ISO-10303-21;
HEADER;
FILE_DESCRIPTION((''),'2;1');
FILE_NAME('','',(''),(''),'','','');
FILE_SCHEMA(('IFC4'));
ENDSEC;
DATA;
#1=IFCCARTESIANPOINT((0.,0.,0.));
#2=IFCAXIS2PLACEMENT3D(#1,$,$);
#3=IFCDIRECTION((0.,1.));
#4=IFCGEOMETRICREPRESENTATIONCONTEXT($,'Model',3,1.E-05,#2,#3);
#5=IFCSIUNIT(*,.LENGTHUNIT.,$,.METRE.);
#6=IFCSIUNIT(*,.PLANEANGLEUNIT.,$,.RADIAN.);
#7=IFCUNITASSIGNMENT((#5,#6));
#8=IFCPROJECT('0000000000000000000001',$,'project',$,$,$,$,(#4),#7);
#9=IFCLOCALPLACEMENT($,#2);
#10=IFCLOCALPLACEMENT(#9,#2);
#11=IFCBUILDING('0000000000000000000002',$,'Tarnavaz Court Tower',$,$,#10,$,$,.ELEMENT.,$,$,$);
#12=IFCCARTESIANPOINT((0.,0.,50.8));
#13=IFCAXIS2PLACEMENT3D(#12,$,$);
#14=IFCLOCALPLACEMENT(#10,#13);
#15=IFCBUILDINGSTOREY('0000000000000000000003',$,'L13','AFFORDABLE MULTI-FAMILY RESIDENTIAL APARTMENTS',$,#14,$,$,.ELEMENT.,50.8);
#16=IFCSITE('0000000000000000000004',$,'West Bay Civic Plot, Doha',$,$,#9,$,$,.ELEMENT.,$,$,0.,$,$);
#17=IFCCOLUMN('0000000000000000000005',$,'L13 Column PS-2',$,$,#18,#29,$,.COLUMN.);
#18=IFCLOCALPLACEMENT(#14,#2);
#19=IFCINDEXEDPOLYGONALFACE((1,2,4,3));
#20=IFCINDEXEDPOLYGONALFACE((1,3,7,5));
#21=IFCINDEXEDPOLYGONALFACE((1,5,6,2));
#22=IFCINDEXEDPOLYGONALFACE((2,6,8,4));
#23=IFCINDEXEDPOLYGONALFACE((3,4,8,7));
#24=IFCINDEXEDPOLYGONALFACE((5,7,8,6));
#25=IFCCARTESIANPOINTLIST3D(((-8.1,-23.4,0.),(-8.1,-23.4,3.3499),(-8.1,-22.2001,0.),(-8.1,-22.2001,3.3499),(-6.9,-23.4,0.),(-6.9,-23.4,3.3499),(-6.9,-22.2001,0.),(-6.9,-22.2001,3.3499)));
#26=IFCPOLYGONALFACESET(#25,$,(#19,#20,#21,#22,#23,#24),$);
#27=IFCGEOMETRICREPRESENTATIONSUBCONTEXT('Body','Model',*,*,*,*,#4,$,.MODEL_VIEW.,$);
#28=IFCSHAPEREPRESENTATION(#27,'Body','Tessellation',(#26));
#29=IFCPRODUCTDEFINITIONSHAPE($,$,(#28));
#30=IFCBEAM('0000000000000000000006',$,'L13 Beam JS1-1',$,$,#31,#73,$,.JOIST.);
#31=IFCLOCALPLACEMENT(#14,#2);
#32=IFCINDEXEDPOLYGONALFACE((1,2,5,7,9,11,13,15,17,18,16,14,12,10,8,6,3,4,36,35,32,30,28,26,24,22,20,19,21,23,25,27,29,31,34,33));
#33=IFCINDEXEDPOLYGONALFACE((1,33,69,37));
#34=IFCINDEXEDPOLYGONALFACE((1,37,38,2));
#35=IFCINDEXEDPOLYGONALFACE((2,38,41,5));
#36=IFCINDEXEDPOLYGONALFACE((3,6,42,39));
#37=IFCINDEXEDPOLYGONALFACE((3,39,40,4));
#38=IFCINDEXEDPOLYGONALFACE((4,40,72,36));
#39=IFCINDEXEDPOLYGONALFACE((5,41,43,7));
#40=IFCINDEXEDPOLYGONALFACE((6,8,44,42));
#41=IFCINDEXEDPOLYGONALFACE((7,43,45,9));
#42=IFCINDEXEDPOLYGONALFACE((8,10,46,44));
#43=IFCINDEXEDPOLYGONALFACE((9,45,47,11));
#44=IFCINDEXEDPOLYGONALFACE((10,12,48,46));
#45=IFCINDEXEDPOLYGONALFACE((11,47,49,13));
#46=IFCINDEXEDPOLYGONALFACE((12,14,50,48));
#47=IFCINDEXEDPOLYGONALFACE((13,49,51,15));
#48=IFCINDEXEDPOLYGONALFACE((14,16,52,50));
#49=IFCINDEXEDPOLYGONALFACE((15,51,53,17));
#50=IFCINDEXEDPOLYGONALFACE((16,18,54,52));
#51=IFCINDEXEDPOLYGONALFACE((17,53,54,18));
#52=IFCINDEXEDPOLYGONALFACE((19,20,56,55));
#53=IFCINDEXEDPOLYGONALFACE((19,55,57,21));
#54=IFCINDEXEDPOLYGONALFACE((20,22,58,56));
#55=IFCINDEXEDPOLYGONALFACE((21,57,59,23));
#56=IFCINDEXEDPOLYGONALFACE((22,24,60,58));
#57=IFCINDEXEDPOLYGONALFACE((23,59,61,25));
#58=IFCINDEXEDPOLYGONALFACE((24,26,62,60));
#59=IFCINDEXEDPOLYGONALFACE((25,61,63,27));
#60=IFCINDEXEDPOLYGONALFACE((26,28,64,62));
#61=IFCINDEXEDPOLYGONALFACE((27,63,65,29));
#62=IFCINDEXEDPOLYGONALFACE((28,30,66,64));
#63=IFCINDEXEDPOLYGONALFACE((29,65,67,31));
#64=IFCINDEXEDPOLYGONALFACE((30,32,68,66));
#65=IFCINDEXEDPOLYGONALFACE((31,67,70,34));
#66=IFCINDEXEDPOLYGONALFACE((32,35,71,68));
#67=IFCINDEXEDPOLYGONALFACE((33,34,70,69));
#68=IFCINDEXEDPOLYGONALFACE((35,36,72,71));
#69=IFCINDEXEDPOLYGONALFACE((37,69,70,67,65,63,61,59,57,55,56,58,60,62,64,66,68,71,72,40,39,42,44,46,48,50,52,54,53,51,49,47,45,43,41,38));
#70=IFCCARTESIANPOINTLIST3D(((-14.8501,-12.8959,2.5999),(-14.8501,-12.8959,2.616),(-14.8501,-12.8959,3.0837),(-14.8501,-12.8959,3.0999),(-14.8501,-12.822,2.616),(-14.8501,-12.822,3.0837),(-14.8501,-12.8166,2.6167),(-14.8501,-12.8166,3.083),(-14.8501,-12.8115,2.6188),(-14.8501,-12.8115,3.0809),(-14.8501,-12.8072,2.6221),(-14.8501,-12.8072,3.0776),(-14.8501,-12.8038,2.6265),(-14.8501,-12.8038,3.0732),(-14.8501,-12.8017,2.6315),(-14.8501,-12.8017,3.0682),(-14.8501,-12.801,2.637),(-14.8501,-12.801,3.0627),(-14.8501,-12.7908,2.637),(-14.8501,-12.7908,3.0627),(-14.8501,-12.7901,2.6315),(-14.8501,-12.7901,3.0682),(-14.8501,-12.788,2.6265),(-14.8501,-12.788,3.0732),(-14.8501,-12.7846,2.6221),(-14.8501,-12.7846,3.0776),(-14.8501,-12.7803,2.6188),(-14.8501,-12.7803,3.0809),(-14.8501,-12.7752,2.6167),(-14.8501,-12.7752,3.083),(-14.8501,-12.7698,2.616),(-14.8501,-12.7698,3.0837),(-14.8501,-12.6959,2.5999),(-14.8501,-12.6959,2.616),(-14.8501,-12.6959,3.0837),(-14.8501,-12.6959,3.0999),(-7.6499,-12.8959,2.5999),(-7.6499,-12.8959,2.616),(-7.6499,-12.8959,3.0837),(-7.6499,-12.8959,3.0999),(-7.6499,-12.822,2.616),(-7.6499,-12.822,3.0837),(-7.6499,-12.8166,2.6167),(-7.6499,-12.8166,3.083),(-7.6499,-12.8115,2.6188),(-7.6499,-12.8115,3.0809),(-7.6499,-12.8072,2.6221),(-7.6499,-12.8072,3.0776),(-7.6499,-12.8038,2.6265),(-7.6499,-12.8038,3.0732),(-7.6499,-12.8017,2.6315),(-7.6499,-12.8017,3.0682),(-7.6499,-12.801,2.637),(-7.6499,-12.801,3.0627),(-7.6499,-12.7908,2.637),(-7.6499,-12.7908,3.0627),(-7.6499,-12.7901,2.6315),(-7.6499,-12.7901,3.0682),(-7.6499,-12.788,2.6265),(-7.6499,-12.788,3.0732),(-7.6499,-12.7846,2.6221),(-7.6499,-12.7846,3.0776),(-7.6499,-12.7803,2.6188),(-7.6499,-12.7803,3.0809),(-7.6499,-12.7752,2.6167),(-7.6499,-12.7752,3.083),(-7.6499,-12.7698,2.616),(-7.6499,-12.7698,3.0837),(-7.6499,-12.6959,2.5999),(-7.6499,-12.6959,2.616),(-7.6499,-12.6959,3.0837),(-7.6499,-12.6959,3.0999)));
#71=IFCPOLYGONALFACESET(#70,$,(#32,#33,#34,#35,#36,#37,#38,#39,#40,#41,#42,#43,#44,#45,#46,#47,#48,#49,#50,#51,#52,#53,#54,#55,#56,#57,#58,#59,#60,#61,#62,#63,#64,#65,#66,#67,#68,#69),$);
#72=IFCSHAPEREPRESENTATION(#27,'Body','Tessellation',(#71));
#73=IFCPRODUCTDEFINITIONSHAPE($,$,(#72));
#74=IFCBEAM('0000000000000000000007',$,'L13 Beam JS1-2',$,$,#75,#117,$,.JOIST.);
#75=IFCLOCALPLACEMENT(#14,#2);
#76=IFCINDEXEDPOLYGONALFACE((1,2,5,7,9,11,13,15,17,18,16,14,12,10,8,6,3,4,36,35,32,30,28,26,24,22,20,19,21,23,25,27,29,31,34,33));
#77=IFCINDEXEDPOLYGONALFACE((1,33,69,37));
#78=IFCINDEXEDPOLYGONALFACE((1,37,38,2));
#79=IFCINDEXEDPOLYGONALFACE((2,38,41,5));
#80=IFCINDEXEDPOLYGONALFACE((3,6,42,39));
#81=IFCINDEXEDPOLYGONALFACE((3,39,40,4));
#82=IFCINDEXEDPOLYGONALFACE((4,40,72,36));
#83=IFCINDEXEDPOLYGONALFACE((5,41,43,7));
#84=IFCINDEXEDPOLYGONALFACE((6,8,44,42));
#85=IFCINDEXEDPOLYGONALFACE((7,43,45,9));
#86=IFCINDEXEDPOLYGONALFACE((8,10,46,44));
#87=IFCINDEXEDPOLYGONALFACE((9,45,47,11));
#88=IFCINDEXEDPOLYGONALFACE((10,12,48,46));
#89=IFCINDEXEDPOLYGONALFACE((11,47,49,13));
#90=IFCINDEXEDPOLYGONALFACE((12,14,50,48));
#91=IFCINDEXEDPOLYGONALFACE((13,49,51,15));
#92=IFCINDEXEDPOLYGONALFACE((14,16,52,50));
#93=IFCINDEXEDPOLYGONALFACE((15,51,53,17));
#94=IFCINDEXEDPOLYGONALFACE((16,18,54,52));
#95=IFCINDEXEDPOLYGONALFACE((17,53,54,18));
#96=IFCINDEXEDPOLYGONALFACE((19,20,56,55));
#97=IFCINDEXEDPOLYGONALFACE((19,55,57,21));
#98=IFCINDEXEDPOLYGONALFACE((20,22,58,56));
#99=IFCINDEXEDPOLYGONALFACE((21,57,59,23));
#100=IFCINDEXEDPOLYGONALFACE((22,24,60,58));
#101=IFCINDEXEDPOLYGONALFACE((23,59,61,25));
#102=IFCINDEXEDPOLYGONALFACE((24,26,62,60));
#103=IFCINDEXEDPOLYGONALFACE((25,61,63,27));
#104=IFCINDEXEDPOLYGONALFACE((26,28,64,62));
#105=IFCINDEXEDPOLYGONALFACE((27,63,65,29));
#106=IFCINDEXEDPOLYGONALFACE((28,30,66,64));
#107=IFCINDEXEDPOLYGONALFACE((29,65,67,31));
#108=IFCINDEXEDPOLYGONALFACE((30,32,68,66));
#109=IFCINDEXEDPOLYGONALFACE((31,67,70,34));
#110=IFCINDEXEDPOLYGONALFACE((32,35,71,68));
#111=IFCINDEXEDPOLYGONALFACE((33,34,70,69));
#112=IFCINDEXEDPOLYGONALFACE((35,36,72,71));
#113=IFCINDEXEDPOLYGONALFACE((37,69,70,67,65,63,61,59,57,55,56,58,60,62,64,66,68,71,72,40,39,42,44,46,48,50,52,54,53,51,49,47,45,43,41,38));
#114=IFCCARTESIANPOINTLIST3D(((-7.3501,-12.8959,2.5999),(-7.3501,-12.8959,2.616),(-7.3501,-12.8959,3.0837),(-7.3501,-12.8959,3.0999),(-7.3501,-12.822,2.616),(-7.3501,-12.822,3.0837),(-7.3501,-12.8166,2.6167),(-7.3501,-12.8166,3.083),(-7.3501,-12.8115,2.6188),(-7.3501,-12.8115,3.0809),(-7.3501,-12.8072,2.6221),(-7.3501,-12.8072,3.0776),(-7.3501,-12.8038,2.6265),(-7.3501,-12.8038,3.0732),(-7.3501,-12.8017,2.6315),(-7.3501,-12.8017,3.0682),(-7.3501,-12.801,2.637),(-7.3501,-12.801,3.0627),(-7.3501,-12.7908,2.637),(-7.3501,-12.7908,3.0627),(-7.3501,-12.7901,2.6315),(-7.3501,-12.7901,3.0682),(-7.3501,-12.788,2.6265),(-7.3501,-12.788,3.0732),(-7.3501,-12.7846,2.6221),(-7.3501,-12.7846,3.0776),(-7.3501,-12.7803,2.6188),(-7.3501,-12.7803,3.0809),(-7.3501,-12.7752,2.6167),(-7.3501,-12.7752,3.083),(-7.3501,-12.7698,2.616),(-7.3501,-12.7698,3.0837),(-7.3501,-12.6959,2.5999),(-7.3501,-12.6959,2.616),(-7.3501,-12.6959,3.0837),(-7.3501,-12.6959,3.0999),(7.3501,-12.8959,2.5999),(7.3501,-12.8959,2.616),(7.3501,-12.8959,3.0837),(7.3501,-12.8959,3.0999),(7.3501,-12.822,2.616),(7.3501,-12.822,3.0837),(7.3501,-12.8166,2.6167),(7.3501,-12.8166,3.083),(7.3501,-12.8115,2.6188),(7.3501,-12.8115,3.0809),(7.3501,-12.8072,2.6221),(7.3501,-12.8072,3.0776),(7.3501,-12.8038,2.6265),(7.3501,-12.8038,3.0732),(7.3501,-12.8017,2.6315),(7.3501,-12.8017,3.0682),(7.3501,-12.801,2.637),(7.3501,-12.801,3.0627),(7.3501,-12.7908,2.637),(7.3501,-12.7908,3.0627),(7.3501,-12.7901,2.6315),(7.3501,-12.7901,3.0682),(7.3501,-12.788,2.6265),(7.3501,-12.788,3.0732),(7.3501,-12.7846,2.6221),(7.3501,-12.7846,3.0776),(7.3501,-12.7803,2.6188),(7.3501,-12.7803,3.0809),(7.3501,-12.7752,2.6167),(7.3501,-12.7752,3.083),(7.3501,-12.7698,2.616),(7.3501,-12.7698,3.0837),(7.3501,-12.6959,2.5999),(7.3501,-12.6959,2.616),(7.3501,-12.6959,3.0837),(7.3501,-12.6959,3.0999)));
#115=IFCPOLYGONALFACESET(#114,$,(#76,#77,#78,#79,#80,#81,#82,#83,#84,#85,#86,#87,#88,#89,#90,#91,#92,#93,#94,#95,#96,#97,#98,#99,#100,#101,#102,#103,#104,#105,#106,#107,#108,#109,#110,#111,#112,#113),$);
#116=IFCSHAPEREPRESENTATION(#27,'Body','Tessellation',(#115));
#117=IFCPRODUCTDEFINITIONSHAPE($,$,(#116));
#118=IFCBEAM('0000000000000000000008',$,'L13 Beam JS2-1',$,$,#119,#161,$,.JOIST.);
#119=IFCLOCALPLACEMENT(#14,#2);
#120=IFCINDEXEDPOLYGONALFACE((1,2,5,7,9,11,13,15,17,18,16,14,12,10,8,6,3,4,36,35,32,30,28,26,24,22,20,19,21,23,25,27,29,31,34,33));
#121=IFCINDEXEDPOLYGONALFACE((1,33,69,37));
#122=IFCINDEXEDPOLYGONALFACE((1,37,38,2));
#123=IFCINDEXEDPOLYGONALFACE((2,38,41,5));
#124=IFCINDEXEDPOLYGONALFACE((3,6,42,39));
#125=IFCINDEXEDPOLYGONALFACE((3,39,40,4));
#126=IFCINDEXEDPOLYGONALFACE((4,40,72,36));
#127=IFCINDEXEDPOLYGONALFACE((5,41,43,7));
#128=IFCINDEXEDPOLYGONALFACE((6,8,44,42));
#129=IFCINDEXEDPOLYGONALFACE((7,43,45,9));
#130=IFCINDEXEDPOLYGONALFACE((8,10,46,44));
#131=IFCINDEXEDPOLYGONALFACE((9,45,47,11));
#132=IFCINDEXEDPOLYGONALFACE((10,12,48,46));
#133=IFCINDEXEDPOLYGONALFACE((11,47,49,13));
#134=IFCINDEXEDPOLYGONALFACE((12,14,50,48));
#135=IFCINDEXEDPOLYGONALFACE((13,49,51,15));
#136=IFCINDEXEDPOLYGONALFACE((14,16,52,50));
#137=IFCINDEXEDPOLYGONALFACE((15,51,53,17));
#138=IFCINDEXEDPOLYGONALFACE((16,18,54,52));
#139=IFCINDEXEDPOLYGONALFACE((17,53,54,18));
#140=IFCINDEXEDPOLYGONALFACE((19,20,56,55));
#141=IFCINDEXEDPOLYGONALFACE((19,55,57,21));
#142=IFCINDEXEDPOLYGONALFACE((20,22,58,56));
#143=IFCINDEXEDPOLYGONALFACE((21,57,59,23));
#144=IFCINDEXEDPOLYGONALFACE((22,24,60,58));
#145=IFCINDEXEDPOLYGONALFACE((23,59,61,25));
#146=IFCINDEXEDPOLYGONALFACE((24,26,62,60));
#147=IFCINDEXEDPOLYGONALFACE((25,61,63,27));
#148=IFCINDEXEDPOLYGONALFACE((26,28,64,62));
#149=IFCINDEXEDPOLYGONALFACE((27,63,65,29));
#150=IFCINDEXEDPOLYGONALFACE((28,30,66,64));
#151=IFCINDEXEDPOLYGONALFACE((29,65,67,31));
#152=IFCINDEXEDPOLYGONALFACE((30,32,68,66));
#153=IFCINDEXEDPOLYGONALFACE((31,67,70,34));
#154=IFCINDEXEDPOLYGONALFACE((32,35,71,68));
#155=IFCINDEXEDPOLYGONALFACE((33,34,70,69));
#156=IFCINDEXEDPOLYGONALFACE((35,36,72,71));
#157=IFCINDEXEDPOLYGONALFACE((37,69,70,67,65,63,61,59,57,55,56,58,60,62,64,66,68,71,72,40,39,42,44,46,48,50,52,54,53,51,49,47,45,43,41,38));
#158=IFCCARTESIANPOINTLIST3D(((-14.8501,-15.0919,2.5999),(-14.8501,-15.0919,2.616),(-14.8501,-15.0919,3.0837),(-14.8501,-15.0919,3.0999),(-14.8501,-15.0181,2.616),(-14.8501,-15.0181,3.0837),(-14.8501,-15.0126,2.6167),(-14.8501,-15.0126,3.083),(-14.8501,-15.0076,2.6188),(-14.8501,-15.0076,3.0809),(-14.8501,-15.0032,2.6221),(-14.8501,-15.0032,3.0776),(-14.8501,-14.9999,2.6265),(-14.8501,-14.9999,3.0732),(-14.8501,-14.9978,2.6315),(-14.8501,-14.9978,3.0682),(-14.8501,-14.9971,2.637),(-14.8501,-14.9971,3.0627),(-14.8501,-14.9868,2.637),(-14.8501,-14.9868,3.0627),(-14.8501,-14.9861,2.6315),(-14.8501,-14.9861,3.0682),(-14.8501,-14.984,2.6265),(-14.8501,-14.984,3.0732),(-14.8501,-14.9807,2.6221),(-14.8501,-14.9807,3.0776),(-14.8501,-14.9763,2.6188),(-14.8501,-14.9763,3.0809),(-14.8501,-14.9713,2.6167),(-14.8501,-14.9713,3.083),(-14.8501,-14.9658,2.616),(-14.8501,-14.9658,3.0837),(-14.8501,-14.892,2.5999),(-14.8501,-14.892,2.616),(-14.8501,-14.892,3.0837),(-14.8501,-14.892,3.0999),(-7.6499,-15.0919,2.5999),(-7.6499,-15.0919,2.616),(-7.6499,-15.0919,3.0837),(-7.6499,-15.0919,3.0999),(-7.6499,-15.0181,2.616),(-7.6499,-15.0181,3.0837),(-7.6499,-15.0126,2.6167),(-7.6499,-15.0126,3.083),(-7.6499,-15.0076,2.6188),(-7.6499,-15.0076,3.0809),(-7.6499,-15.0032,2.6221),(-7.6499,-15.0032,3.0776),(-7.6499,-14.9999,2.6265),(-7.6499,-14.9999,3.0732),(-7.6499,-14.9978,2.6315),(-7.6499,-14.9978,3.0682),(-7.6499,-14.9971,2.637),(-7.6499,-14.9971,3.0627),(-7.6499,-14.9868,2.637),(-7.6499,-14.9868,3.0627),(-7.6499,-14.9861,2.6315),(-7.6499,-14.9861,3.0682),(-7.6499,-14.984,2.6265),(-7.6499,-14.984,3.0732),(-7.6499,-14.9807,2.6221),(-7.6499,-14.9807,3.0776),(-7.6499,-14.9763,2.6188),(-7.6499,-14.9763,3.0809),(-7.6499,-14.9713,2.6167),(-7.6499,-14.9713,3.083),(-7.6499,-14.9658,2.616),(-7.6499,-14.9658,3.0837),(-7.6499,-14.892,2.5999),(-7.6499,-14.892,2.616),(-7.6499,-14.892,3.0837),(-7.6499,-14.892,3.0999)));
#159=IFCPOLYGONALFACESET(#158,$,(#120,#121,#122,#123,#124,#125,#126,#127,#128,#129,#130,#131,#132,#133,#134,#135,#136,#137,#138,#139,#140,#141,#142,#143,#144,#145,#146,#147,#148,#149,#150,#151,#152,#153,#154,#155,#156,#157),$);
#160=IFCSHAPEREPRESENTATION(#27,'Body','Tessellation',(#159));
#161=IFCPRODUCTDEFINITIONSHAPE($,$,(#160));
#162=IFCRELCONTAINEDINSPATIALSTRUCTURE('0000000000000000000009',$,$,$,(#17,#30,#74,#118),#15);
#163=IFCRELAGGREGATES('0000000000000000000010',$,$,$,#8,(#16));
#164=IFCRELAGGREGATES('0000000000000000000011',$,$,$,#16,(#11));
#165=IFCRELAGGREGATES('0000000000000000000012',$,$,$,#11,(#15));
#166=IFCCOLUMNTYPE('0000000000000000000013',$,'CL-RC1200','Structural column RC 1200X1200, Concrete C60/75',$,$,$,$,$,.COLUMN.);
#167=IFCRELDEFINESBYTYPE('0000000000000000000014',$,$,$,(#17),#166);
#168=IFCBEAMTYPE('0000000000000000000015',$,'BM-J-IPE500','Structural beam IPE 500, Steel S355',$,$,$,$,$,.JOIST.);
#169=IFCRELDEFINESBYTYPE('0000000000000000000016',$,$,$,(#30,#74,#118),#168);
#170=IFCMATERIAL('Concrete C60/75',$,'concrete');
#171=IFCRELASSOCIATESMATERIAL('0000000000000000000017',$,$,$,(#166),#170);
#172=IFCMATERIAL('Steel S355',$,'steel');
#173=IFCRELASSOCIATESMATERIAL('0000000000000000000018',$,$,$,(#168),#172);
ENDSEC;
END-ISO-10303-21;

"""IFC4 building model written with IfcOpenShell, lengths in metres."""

from ifc_helpers import new_model, si_unit, direction, frame, origin, origin_2d, place, context, subcontext, project, spatial, rectangle, i_section, extrude, material, material_profile, profile_set, type_object, element, save


model = new_model("IFC4")

# Units and contexts
model_context = context("Model", 3, precision=1e-05, world=origin(), true_north=direction((0.0, 1.0)))
body_context = subcontext(model_context, "Body", "Model", "MODEL_VIEW")
ifc_project = project(units=[si_unit("LENGTHUNIT", "METRE"), si_unit("PLANEANGLEUNIT", "RADIAN")], contexts=[model_context])

# Site, building, storey
site_placement = place(None, origin())
site = spatial("IfcSite", under=ifc_project, at=site_placement, Name="West Bay Civic Plot, Doha", CompositionType="ELEMENT", RefElevation=0.0)
building_placement = place(site_placement, origin())
building = spatial("IfcBuilding", under=site, at=building_placement, Name="Tarnavaz Court Tower", CompositionType="ELEMENT")
storey_placement = place(building_placement, frame((0.0, 0.0, 50.8)))
storey = spatial("IfcBuildingStorey", under=building, at=storey_placement, Name="L13", Description="AFFORDABLE MULTI-FAMILY RESIDENTIAL APARTMENTS", CompositionType="ELEMENT", Elevation=50.8)

# Column
ifc_material_1 = material(Name="Concrete C60/75", Category="concrete")
ifc_material_profile_1 = material_profile(ifc_material_1, rectangle(XDim=1.2, YDim=1.2, at=origin_2d()), Name="RC 1200X1200")
ifc_profile_set_1 = profile_set([ifc_material_profile_1], Name="Concrete C60/75")
column_type = type_object("IfcColumnType", Name="CL-RC1200", Description="Structural column RC 1200X1200, Concrete C60/75", PredefinedType="COLUMN", material=ifc_profile_set_1)
column_placement = place(storey_placement, frame((-7.5, -22.8, 0.0), z_axis=(0.0, 0.0, 1.0), x_axis=(1.0, 0.0, 0.0)))
element("IfcColumn", 1, at=column_placement, inside=storey, type_object=column_type, Name="L13 Column PS-2", PredefinedType="COLUMN", context=body_context, shape_type="SweptSolid", body=[
    extrude(rectangle(XDim=1.2, YDim=1.2, at=origin_2d()), origin(), (0.0, 0.0, 1.0), 3.3499),
])

# Beams
ifc_material_2 = material(Name="Steel S355", Category="steel")
ifc_material_profile_2 = material_profile(ifc_material_2, i_section(OverallWidth=0.2, OverallDepth=0.5, WebThickness=0.0103, FlangeThickness=0.0161, FilletRadius=0.021, at=origin_2d()), Name="IPE 500")
ifc_profile_set_2 = profile_set([ifc_material_profile_2], Name="Steel S355")
beam_type_1 = type_object("IfcBeamType", Name="BM-J-IPE500", Description="Structural beam IPE 500, Steel S355", PredefinedType="JOIST", material=ifc_profile_set_2)
beam_1_placement = place(storey_placement, frame((-14.8501, -12.7959, 2.8499), z_axis=(1.0, 0.0, 0.0), x_axis=(0.0, 1.0, 0.0)))
element("IfcBeam", 2, at=beam_1_placement, inside=storey, type_object=beam_type_1, Name="L13 Beam JS1-1", PredefinedType="JOIST", context=body_context, shape_type="SweptSolid", body=[
    extrude(i_section(OverallWidth=0.2, OverallDepth=0.5, WebThickness=0.0103, FlangeThickness=0.0161, FilletRadius=0.021, at=origin_2d()), origin(), (0.0, 0.0, 1.0), 7.2002),
])
beam_2_placement = place(storey_placement, frame((-7.3501, -12.7959, 2.8499), z_axis=(1.0, 0.0, 0.0), x_axis=(0.0, 1.0, 0.0)))
element("IfcBeam", 3, at=beam_2_placement, inside=storey, type_object=beam_type_1, Name="L13 Beam JS1-2", PredefinedType="JOIST", context=body_context, shape_type="SweptSolid", body=[
    extrude(i_section(OverallWidth=0.2, OverallDepth=0.5, WebThickness=0.0103, FlangeThickness=0.0161, FilletRadius=0.021, at=origin_2d()), origin(), (0.0, 0.0, 1.0), 14.7002),
])
beam_3_placement = place(storey_placement, frame((-14.8501, -14.9919, 2.8499), z_axis=(1.0, 0.0, 0.0), x_axis=(0.0, 1.0, 0.0)))
element("IfcBeam", 4, at=beam_3_placement, inside=storey, type_object=beam_type_1, Name="L13 Beam JS2-1", PredefinedType="JOIST", context=body_context, shape_type="SweptSolid", body=[
    extrude(i_section(OverallWidth=0.2, OverallDepth=0.5, WebThickness=0.0103, FlangeThickness=0.0161, FilletRadius=0.021, at=origin_2d()), origin(), (0.0, 0.0, 1.0), 7.2002),
])

save(model, "model.ifc")
